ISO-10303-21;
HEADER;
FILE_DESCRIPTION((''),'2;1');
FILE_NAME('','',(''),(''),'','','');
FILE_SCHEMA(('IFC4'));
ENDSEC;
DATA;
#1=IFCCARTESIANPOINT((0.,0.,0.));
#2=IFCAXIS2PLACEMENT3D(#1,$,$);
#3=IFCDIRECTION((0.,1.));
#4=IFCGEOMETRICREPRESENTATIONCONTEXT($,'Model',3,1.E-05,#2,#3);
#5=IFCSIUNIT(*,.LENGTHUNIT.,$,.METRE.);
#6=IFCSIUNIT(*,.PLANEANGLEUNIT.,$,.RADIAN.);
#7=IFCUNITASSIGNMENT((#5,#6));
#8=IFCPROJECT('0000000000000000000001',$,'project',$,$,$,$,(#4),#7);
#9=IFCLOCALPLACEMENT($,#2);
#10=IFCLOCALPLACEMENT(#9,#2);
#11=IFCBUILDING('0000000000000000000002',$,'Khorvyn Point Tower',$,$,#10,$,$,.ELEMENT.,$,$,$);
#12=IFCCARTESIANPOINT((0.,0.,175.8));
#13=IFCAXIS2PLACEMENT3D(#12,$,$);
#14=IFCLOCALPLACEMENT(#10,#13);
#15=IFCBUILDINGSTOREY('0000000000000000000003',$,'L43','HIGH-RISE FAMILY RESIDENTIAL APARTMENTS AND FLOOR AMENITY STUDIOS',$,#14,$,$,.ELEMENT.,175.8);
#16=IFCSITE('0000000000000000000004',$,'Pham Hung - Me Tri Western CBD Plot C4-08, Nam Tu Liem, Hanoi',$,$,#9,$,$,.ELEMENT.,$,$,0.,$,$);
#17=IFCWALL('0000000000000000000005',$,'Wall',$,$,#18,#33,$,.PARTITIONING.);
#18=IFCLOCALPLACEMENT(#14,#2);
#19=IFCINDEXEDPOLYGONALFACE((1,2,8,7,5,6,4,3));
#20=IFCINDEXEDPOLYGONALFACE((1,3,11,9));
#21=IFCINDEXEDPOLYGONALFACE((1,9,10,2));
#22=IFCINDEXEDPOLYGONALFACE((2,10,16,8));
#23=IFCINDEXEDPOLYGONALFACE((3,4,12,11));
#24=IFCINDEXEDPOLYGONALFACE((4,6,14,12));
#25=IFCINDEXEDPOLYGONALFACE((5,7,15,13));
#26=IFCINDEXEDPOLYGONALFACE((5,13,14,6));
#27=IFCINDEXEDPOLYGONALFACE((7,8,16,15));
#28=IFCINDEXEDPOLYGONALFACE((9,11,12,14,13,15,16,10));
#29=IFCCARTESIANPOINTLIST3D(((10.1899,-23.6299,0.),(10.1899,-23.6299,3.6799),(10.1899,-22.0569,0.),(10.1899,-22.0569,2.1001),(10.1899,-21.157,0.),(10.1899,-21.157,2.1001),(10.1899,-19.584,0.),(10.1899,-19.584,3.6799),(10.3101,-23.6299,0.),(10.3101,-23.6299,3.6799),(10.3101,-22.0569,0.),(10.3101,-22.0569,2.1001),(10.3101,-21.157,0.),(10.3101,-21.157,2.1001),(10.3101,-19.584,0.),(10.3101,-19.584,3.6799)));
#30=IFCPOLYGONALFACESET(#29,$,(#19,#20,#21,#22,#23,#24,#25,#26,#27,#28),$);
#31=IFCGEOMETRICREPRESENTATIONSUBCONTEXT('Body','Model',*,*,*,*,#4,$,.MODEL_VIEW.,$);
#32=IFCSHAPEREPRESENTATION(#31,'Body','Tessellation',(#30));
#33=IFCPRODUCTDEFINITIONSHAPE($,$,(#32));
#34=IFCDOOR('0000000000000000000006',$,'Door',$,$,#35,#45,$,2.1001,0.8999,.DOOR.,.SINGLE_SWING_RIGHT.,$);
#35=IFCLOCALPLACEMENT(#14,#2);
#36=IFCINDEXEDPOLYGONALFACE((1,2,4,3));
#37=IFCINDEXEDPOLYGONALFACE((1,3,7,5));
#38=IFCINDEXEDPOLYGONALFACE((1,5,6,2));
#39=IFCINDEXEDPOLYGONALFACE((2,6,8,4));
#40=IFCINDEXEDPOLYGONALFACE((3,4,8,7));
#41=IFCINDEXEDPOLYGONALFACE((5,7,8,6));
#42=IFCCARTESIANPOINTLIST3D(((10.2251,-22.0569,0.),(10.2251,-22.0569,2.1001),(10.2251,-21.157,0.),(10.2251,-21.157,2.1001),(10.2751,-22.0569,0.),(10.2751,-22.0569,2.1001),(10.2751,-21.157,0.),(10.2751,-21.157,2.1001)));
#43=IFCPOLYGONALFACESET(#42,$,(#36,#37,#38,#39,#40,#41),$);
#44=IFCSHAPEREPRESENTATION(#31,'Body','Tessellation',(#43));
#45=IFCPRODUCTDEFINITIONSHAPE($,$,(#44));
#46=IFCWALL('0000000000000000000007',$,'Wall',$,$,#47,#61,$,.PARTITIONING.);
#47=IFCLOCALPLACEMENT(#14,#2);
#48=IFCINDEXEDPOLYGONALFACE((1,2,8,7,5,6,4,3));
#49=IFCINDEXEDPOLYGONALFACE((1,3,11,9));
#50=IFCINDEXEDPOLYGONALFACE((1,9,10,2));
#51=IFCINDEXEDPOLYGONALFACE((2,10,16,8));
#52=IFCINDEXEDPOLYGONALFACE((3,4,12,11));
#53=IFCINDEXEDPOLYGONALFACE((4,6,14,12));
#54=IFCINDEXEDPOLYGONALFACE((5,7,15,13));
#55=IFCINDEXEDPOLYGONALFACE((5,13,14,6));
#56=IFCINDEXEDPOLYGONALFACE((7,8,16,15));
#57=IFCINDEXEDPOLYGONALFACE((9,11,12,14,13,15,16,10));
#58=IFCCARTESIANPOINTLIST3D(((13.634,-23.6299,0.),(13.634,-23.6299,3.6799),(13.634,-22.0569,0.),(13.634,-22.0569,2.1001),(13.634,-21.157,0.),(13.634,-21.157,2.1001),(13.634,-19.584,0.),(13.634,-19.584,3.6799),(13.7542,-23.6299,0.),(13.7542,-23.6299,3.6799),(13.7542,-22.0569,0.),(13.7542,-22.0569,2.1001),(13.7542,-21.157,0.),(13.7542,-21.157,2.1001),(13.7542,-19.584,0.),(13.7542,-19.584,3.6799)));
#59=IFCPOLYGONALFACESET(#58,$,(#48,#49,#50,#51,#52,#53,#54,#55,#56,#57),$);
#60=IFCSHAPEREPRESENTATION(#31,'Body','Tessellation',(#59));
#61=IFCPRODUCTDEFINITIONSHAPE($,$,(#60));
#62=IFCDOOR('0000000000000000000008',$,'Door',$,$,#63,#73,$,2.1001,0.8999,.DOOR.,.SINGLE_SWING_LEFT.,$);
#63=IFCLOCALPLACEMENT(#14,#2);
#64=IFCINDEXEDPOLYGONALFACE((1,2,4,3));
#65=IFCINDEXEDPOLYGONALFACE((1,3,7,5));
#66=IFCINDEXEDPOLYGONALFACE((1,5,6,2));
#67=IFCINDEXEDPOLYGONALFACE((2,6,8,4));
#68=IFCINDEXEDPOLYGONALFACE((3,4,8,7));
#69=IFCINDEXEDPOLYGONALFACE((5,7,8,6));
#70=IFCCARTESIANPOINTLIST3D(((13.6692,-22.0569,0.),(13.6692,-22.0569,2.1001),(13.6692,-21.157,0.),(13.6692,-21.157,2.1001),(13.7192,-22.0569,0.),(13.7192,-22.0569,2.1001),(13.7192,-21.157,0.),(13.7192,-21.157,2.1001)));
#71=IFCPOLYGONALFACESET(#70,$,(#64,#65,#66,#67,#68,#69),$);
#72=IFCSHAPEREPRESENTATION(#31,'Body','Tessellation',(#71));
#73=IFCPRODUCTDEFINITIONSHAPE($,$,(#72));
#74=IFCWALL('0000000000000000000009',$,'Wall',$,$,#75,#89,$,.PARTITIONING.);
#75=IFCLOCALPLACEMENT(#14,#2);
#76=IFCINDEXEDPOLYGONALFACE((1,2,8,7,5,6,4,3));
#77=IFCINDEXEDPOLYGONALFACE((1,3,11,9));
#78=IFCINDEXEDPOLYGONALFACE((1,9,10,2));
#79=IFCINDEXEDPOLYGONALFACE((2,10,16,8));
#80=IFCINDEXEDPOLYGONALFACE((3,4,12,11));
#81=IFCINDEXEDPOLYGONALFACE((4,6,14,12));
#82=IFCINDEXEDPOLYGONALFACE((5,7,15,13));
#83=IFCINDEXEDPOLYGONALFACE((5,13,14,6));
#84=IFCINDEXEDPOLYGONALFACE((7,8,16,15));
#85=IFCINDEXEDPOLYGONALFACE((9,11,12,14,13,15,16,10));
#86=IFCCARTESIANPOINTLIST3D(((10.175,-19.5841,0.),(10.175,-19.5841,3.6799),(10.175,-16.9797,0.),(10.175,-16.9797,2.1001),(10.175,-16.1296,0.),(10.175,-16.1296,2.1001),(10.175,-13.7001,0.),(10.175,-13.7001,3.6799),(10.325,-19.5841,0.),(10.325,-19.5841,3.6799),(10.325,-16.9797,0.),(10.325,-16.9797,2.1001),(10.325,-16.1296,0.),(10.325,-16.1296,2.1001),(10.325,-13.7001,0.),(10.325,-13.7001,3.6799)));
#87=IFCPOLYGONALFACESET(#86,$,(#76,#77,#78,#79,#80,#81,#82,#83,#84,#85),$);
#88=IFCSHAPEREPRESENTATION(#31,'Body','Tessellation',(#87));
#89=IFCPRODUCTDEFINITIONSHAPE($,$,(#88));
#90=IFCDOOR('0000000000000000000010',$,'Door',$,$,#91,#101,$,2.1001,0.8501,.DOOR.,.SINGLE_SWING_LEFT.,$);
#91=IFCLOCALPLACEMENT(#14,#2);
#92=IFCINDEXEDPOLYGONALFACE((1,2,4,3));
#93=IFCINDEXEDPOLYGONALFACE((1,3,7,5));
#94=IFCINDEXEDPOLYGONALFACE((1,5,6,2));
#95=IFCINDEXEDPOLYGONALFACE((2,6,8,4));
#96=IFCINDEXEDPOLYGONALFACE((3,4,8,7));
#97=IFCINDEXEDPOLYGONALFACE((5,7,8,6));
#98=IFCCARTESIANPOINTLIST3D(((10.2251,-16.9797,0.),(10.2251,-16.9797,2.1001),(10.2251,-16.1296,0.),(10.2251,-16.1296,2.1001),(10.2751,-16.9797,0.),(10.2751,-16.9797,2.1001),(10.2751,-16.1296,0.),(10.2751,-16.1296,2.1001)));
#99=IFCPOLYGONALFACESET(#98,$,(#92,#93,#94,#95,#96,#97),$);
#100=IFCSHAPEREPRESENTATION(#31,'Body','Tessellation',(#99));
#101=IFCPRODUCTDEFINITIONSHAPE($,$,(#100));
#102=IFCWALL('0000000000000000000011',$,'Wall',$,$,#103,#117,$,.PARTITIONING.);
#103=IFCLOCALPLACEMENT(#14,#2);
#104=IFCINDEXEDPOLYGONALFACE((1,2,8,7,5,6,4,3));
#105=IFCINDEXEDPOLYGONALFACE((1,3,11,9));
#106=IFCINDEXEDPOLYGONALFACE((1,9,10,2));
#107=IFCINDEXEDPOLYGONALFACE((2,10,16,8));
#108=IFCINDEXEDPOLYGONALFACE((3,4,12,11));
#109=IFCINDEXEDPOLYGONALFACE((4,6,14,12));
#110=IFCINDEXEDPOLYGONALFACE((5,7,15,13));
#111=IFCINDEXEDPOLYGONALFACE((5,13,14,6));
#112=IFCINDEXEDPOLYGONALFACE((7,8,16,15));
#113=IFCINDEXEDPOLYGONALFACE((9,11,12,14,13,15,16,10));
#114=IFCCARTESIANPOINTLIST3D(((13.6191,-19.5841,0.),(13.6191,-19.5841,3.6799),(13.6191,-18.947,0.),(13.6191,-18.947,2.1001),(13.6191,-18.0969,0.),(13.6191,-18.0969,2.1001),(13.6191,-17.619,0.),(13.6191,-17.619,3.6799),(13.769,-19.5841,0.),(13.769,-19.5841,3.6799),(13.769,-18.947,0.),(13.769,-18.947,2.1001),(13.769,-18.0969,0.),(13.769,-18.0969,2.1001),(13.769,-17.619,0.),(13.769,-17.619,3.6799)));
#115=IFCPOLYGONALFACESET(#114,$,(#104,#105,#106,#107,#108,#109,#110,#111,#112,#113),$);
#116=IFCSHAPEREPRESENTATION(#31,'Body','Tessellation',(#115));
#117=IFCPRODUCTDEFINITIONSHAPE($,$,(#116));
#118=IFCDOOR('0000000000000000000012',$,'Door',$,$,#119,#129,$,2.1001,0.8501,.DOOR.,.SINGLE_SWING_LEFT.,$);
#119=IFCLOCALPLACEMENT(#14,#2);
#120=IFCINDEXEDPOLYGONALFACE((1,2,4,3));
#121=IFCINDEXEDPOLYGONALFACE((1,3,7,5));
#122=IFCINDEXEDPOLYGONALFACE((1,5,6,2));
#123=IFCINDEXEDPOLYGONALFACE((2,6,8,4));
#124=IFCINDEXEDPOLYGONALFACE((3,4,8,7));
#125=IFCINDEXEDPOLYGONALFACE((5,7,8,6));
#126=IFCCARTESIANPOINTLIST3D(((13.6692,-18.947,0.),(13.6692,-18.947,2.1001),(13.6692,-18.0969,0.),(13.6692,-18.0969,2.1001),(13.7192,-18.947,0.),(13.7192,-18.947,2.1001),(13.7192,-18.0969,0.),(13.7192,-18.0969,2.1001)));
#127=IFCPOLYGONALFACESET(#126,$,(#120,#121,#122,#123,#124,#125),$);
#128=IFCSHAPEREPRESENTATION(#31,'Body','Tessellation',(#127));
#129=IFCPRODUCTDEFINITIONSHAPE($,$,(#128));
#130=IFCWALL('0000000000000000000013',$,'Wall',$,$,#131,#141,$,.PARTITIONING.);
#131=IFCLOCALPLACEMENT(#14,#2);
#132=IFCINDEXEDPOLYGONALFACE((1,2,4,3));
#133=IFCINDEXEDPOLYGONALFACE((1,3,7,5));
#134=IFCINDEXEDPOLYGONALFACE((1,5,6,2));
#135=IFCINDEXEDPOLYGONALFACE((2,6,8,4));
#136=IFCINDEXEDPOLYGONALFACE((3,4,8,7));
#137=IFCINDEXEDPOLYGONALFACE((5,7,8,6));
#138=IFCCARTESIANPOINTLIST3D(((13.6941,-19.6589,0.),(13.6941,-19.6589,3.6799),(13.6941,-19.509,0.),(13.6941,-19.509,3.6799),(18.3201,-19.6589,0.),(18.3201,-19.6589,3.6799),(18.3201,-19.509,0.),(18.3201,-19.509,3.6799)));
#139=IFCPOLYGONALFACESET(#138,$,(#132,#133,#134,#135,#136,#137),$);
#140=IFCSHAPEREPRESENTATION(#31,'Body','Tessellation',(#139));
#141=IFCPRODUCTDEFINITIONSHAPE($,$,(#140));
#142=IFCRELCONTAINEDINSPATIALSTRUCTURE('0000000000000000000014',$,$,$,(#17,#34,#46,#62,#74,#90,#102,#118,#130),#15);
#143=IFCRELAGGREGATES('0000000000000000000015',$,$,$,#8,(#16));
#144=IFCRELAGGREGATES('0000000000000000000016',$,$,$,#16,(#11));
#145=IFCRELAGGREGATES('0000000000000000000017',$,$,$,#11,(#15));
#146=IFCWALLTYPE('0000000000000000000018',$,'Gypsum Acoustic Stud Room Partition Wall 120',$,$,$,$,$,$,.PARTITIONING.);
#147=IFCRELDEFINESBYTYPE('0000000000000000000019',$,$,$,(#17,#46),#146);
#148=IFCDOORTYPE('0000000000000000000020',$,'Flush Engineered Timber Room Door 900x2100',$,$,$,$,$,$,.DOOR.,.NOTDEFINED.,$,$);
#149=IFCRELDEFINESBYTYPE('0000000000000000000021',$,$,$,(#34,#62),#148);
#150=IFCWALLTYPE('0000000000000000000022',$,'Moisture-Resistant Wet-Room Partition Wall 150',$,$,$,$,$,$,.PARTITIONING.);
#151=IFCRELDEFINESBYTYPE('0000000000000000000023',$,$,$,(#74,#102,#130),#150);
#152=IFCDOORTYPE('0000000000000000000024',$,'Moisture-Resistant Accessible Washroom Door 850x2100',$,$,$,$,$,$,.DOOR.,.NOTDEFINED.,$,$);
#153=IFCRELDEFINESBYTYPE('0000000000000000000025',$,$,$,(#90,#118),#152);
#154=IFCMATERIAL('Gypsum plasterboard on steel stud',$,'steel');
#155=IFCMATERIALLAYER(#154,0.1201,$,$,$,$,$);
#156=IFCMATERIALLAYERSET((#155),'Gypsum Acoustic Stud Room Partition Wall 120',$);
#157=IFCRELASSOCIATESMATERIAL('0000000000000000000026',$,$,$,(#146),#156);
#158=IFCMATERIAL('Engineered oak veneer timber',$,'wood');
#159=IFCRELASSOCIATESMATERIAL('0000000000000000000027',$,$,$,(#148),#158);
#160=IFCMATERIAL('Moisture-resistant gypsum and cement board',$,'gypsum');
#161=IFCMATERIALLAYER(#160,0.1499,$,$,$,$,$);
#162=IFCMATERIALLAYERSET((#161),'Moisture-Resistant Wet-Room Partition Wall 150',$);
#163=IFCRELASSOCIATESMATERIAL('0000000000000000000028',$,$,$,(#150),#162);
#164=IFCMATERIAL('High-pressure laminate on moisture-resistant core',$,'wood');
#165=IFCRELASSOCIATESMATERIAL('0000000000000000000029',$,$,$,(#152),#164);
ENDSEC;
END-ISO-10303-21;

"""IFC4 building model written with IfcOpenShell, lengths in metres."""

from ifc_helpers import new_model, si_unit, direction, frame, frame_2d, origin, place, context, subcontext, project, spatial, rectangle, extrude, material, layer, layer_set, type_object, element, fill, save


model = new_model("IFC4")

# Units and contexts
model_context = context("Model", 3, precision=1e-05, world=origin(), true_north=direction((0.0, 1.0)))
body_context = subcontext(model_context, "Body", "Model", "MODEL_VIEW")
ifc_project = project(units=[si_unit("LENGTHUNIT", "METRE"), si_unit("PLANEANGLEUNIT", "RADIAN")], contexts=[model_context])

# Site, building, storey
site_placement = place(None, origin())
site = spatial("IfcSite", under=ifc_project, at=site_placement, Name="Pham Hung - Me Tri Western CBD Plot C4-08, Nam Tu Liem, Hanoi", CompositionType="ELEMENT", RefElevation=0.0)
building_placement = place(site_placement, origin())
building = spatial("IfcBuilding", under=site, at=building_placement, Name="Khorvyn Point Tower", CompositionType="ELEMENT")
storey_placement = place(building_placement, frame((0.0, 0.0, 175.8)))
storey = spatial("IfcBuildingStorey", under=building, at=storey_placement, Name="L43", Description="HIGH-RISE FAMILY RESIDENTIAL APARTMENTS AND FLOOR AMENITY STUDIOS", CompositionType="ELEMENT", Elevation=175.8)

# Walls, openings, doors
ifc_material_1 = material(Name="Gypsum plasterboard on steel stud", Category="steel")
ifc_layer_1 = layer(ifc_material_1, 0.1201)
ifc_layer_set_1 = layer_set([ifc_layer_1], Name="Gypsum Acoustic Stud Room Partition Wall 120")
wall_type_1 = type_object("IfcWallType", Name="Gypsum Acoustic Stud Room Partition Wall 120", PredefinedType="PARTITIONING", material=ifc_layer_set_1)
wall_1_placement = place(storey_placement, frame((10.25, -23.6299, 0.0), z_axis=(0.0, 0.0, 1.0), x_axis=(0.0, 1.0, 0.0)))
wall_1 = element("IfcWall", 1, at=wall_1_placement, inside=storey, type_object=wall_type_1, Name="Wall", PredefinedType="PARTITIONING", context=body_context, shape_type="SweptSolid", body=[
    extrude(rectangle(XDim=4.0459, YDim=0.1201, at=frame_2d((2.0229, 0.0))), origin(), (0.0, 0.0, 1.0), 3.6799),
])
opening_1_placement = place(wall_1_placement, frame((1.573, 0.0, 0.0)))
opening_1 = element("IfcOpeningElement", 2, at=opening_1_placement, cuts=wall_1, PredefinedType="OPENING", context=body_context, shape_type="SweptSolid", body=[
    extrude(rectangle(XDim=0.8999, YDim=2.1001, at=frame_2d((0.45, 1.05))), frame((0.0, 0.0701, 0.0), z_axis=(0.0, -1.0, 0.0), x_axis=(1.0, 0.0, 0.0)), (0.0, 0.0, 1.0), 0.1401),
])
ifc_material_2 = material(Name="Engineered oak veneer timber", Category="wood")
door_type_1 = type_object("IfcDoorType", Name="Flush Engineered Timber Room Door 900x2100", OperationType="NOTDEFINED", PredefinedType="DOOR", material=ifc_material_2)
door_1_placement = place(opening_1_placement, origin())
door_1 = element("IfcDoor", 3, at=door_1_placement, inside=storey, type_object=door_type_1, Name="Door", OperationType="SINGLE_SWING_RIGHT", OverallHeight=2.1001, OverallWidth=0.8999, PredefinedType="DOOR", context=body_context, shape_type="SweptSolid", body=[
    extrude(rectangle(XDim=0.8999, YDim=2.1001, at=frame_2d((0.45, 1.05))), frame((0.0, 0.0249, 0.0), z_axis=(0.0, -1.0, 0.0), x_axis=(1.0, 0.0, 0.0)), (0.0, 0.0, 1.0), 0.05),
])
fill(opening_1, door_1)
wall_2_placement = place(storey_placement, frame((13.6941, -23.6299, 0.0), z_axis=(0.0, 0.0, 1.0), x_axis=(0.0, 1.0, 0.0)))
wall_2 = element("IfcWall", 4, at=wall_2_placement, inside=storey, type_object=wall_type_1, Name="Wall", PredefinedType="PARTITIONING", context=body_context, shape_type="SweptSolid", body=[
    extrude(rectangle(XDim=4.0459, YDim=0.1201, at=frame_2d((2.0229, 0.0))), origin(), (0.0, 0.0, 1.0), 3.6799),
])
opening_2_placement = place(wall_2_placement, frame((1.573, 0.0, 0.0)))
opening_2 = element("IfcOpeningElement", 5, at=opening_2_placement, cuts=wall_2, PredefinedType="OPENING", context=body_context, shape_type="SweptSolid", body=[
    extrude(rectangle(XDim=0.8999, YDim=2.1001, at=frame_2d((0.45, 1.05))), frame((0.0, 0.0701, 0.0), z_axis=(0.0, -1.0, 0.0), x_axis=(1.0, 0.0, 0.0)), (0.0, 0.0, 1.0), 0.1401),
])
door_2_placement = place(opening_2_placement, origin())
door_2 = element("IfcDoor", 6, at=door_2_placement, inside=storey, type_object=door_type_1, Name="Door", OperationType="SINGLE_SWING_LEFT", OverallHeight=2.1001, OverallWidth=0.8999, PredefinedType="DOOR", context=body_context, shape_type="SweptSolid", body=[
    extrude(rectangle(XDim=0.8999, YDim=2.1001, at=frame_2d((0.45, 1.05))), frame((0.0, 0.0249, 0.0), z_axis=(0.0, -1.0, 0.0), x_axis=(1.0, 0.0, 0.0)), (0.0, 0.0, 1.0), 0.05),
])
fill(opening_2, door_2)
ifc_material_3 = material(Name="Moisture-resistant gypsum and cement board", Category="gypsum")
ifc_layer_2 = layer(ifc_material_3, 0.1499)
ifc_layer_set_2 = layer_set([ifc_layer_2], Name="Moisture-Resistant Wet-Room Partition Wall 150")
wall_type_2 = type_object("IfcWallType", Name="Moisture-Resistant Wet-Room Partition Wall 150", PredefinedType="PARTITIONING", material=ifc_layer_set_2)
wall_3_placement = place(storey_placement, frame((10.25, -19.584, 0.0), z_axis=(0.0, 0.0, 1.0), x_axis=(0.0, 1.0, 0.0)))
wall_3 = element("IfcWall", 7, at=wall_3_placement, inside=storey, type_object=wall_type_2, Name="Wall", PredefinedType="PARTITIONING", context=body_context, shape_type="SweptSolid", body=[
    extrude(rectangle(XDim=5.884, YDim=0.1499, at=frame_2d((2.9419, 0.0))), origin(), (0.0, 0.0, 1.0), 3.6799),
])
opening_3_placement = place(wall_3_placement, frame((2.6042, 0.0, 0.0)))
opening_3 = element("IfcOpeningElement", 8, at=opening_3_placement, cuts=wall_3, PredefinedType="OPENING", context=body_context, shape_type="SweptSolid", body=[
    extrude(rectangle(XDim=0.8501, YDim=2.1001, at=frame_2d((0.425, 1.05))), frame((0.0, 0.085, 0.0), z_axis=(0.0, -1.0, 0.0), x_axis=(1.0, 0.0, 0.0)), (0.0, 0.0, 1.0), 0.1699),
])
ifc_material_4 = material(Name="High-pressure laminate on moisture-resistant core", Category="wood")
door_type_2 = type_object("IfcDoorType", Name="Moisture-Resistant Accessible Washroom Door 850x2100", OperationType="NOTDEFINED", PredefinedType="DOOR", material=ifc_material_4)
door_3_placement = place(opening_3_placement, origin())
door_3 = element("IfcDoor", 9, at=door_3_placement, inside=storey, type_object=door_type_2, Name="Door", OperationType="SINGLE_SWING_LEFT", OverallHeight=2.1001, OverallWidth=0.8501, PredefinedType="DOOR", context=body_context, shape_type="SweptSolid", body=[
    extrude(rectangle(XDim=0.8501, YDim=2.1001, at=frame_2d((0.425, 1.05))), frame((0.0, 0.0249, 0.0), z_axis=(0.0, -1.0, 0.0), x_axis=(1.0, 0.0, 0.0)), (0.0, 0.0, 1.0), 0.05),
])
fill(opening_3, door_3)
wall_4_placement = place(storey_placement, frame((13.6941, -19.584, 0.0), z_axis=(0.0, 0.0, 1.0), x_axis=(0.0, 1.0, 0.0)))
wall_4 = element("IfcWall", 10, at=wall_4_placement, inside=storey, type_object=wall_type_2, Name="Wall", PredefinedType="PARTITIONING", context=body_context, shape_type="SweptSolid", body=[
    extrude(rectangle(XDim=1.9651, YDim=0.1499, at=frame_2d((0.9824, 0.0))), origin(), (0.0, 0.0, 1.0), 3.6799),
])
opening_4_placement = place(wall_4_placement, frame((0.637, 0.0, 0.0)))
opening_4 = element("IfcOpeningElement", 11, at=opening_4_placement, cuts=wall_4, PredefinedType="OPENING", context=body_context, shape_type="SweptSolid", body=[
    extrude(rectangle(XDim=0.8501, YDim=2.1001, at=frame_2d((0.425, 1.05))), frame((0.0, 0.085, 0.0), z_axis=(0.0, -1.0, 0.0), x_axis=(1.0, 0.0, 0.0)), (0.0, 0.0, 1.0), 0.1699),
])
door_4_placement = place(opening_4_placement, origin())
door_4 = element("IfcDoor", 12, at=door_4_placement, inside=storey, type_object=door_type_2, Name="Door", OperationType="SINGLE_SWING_LEFT", OverallHeight=2.1001, OverallWidth=0.8501, PredefinedType="DOOR", context=body_context, shape_type="SweptSolid", body=[
    extrude(rectangle(XDim=0.8501, YDim=2.1001, at=frame_2d((0.425, 1.05))), frame((0.0, 0.0249, 0.0), z_axis=(0.0, -1.0, 0.0), x_axis=(1.0, 0.0, 0.0)), (0.0, 0.0, 1.0), 0.05),
])
fill(opening_4, door_4)

# Wall
wall_5_placement = place(storey_placement, frame((13.6941, -19.584, 0.0), z_axis=(0.0, 0.0, 1.0), x_axis=(1.0, 0.0, 0.0)))
element("IfcWall", 13, at=wall_5_placement, inside=storey, type_object=wall_type_2, Name="Wall", PredefinedType="PARTITIONING", context=body_context, shape_type="SweptSolid", body=[
    extrude(rectangle(XDim=4.626, YDim=0.1499, at=frame_2d((2.313, 0.0))), origin(), (0.0, 0.0, 1.0), 3.6799),
])

save(model, "model.ifc")
